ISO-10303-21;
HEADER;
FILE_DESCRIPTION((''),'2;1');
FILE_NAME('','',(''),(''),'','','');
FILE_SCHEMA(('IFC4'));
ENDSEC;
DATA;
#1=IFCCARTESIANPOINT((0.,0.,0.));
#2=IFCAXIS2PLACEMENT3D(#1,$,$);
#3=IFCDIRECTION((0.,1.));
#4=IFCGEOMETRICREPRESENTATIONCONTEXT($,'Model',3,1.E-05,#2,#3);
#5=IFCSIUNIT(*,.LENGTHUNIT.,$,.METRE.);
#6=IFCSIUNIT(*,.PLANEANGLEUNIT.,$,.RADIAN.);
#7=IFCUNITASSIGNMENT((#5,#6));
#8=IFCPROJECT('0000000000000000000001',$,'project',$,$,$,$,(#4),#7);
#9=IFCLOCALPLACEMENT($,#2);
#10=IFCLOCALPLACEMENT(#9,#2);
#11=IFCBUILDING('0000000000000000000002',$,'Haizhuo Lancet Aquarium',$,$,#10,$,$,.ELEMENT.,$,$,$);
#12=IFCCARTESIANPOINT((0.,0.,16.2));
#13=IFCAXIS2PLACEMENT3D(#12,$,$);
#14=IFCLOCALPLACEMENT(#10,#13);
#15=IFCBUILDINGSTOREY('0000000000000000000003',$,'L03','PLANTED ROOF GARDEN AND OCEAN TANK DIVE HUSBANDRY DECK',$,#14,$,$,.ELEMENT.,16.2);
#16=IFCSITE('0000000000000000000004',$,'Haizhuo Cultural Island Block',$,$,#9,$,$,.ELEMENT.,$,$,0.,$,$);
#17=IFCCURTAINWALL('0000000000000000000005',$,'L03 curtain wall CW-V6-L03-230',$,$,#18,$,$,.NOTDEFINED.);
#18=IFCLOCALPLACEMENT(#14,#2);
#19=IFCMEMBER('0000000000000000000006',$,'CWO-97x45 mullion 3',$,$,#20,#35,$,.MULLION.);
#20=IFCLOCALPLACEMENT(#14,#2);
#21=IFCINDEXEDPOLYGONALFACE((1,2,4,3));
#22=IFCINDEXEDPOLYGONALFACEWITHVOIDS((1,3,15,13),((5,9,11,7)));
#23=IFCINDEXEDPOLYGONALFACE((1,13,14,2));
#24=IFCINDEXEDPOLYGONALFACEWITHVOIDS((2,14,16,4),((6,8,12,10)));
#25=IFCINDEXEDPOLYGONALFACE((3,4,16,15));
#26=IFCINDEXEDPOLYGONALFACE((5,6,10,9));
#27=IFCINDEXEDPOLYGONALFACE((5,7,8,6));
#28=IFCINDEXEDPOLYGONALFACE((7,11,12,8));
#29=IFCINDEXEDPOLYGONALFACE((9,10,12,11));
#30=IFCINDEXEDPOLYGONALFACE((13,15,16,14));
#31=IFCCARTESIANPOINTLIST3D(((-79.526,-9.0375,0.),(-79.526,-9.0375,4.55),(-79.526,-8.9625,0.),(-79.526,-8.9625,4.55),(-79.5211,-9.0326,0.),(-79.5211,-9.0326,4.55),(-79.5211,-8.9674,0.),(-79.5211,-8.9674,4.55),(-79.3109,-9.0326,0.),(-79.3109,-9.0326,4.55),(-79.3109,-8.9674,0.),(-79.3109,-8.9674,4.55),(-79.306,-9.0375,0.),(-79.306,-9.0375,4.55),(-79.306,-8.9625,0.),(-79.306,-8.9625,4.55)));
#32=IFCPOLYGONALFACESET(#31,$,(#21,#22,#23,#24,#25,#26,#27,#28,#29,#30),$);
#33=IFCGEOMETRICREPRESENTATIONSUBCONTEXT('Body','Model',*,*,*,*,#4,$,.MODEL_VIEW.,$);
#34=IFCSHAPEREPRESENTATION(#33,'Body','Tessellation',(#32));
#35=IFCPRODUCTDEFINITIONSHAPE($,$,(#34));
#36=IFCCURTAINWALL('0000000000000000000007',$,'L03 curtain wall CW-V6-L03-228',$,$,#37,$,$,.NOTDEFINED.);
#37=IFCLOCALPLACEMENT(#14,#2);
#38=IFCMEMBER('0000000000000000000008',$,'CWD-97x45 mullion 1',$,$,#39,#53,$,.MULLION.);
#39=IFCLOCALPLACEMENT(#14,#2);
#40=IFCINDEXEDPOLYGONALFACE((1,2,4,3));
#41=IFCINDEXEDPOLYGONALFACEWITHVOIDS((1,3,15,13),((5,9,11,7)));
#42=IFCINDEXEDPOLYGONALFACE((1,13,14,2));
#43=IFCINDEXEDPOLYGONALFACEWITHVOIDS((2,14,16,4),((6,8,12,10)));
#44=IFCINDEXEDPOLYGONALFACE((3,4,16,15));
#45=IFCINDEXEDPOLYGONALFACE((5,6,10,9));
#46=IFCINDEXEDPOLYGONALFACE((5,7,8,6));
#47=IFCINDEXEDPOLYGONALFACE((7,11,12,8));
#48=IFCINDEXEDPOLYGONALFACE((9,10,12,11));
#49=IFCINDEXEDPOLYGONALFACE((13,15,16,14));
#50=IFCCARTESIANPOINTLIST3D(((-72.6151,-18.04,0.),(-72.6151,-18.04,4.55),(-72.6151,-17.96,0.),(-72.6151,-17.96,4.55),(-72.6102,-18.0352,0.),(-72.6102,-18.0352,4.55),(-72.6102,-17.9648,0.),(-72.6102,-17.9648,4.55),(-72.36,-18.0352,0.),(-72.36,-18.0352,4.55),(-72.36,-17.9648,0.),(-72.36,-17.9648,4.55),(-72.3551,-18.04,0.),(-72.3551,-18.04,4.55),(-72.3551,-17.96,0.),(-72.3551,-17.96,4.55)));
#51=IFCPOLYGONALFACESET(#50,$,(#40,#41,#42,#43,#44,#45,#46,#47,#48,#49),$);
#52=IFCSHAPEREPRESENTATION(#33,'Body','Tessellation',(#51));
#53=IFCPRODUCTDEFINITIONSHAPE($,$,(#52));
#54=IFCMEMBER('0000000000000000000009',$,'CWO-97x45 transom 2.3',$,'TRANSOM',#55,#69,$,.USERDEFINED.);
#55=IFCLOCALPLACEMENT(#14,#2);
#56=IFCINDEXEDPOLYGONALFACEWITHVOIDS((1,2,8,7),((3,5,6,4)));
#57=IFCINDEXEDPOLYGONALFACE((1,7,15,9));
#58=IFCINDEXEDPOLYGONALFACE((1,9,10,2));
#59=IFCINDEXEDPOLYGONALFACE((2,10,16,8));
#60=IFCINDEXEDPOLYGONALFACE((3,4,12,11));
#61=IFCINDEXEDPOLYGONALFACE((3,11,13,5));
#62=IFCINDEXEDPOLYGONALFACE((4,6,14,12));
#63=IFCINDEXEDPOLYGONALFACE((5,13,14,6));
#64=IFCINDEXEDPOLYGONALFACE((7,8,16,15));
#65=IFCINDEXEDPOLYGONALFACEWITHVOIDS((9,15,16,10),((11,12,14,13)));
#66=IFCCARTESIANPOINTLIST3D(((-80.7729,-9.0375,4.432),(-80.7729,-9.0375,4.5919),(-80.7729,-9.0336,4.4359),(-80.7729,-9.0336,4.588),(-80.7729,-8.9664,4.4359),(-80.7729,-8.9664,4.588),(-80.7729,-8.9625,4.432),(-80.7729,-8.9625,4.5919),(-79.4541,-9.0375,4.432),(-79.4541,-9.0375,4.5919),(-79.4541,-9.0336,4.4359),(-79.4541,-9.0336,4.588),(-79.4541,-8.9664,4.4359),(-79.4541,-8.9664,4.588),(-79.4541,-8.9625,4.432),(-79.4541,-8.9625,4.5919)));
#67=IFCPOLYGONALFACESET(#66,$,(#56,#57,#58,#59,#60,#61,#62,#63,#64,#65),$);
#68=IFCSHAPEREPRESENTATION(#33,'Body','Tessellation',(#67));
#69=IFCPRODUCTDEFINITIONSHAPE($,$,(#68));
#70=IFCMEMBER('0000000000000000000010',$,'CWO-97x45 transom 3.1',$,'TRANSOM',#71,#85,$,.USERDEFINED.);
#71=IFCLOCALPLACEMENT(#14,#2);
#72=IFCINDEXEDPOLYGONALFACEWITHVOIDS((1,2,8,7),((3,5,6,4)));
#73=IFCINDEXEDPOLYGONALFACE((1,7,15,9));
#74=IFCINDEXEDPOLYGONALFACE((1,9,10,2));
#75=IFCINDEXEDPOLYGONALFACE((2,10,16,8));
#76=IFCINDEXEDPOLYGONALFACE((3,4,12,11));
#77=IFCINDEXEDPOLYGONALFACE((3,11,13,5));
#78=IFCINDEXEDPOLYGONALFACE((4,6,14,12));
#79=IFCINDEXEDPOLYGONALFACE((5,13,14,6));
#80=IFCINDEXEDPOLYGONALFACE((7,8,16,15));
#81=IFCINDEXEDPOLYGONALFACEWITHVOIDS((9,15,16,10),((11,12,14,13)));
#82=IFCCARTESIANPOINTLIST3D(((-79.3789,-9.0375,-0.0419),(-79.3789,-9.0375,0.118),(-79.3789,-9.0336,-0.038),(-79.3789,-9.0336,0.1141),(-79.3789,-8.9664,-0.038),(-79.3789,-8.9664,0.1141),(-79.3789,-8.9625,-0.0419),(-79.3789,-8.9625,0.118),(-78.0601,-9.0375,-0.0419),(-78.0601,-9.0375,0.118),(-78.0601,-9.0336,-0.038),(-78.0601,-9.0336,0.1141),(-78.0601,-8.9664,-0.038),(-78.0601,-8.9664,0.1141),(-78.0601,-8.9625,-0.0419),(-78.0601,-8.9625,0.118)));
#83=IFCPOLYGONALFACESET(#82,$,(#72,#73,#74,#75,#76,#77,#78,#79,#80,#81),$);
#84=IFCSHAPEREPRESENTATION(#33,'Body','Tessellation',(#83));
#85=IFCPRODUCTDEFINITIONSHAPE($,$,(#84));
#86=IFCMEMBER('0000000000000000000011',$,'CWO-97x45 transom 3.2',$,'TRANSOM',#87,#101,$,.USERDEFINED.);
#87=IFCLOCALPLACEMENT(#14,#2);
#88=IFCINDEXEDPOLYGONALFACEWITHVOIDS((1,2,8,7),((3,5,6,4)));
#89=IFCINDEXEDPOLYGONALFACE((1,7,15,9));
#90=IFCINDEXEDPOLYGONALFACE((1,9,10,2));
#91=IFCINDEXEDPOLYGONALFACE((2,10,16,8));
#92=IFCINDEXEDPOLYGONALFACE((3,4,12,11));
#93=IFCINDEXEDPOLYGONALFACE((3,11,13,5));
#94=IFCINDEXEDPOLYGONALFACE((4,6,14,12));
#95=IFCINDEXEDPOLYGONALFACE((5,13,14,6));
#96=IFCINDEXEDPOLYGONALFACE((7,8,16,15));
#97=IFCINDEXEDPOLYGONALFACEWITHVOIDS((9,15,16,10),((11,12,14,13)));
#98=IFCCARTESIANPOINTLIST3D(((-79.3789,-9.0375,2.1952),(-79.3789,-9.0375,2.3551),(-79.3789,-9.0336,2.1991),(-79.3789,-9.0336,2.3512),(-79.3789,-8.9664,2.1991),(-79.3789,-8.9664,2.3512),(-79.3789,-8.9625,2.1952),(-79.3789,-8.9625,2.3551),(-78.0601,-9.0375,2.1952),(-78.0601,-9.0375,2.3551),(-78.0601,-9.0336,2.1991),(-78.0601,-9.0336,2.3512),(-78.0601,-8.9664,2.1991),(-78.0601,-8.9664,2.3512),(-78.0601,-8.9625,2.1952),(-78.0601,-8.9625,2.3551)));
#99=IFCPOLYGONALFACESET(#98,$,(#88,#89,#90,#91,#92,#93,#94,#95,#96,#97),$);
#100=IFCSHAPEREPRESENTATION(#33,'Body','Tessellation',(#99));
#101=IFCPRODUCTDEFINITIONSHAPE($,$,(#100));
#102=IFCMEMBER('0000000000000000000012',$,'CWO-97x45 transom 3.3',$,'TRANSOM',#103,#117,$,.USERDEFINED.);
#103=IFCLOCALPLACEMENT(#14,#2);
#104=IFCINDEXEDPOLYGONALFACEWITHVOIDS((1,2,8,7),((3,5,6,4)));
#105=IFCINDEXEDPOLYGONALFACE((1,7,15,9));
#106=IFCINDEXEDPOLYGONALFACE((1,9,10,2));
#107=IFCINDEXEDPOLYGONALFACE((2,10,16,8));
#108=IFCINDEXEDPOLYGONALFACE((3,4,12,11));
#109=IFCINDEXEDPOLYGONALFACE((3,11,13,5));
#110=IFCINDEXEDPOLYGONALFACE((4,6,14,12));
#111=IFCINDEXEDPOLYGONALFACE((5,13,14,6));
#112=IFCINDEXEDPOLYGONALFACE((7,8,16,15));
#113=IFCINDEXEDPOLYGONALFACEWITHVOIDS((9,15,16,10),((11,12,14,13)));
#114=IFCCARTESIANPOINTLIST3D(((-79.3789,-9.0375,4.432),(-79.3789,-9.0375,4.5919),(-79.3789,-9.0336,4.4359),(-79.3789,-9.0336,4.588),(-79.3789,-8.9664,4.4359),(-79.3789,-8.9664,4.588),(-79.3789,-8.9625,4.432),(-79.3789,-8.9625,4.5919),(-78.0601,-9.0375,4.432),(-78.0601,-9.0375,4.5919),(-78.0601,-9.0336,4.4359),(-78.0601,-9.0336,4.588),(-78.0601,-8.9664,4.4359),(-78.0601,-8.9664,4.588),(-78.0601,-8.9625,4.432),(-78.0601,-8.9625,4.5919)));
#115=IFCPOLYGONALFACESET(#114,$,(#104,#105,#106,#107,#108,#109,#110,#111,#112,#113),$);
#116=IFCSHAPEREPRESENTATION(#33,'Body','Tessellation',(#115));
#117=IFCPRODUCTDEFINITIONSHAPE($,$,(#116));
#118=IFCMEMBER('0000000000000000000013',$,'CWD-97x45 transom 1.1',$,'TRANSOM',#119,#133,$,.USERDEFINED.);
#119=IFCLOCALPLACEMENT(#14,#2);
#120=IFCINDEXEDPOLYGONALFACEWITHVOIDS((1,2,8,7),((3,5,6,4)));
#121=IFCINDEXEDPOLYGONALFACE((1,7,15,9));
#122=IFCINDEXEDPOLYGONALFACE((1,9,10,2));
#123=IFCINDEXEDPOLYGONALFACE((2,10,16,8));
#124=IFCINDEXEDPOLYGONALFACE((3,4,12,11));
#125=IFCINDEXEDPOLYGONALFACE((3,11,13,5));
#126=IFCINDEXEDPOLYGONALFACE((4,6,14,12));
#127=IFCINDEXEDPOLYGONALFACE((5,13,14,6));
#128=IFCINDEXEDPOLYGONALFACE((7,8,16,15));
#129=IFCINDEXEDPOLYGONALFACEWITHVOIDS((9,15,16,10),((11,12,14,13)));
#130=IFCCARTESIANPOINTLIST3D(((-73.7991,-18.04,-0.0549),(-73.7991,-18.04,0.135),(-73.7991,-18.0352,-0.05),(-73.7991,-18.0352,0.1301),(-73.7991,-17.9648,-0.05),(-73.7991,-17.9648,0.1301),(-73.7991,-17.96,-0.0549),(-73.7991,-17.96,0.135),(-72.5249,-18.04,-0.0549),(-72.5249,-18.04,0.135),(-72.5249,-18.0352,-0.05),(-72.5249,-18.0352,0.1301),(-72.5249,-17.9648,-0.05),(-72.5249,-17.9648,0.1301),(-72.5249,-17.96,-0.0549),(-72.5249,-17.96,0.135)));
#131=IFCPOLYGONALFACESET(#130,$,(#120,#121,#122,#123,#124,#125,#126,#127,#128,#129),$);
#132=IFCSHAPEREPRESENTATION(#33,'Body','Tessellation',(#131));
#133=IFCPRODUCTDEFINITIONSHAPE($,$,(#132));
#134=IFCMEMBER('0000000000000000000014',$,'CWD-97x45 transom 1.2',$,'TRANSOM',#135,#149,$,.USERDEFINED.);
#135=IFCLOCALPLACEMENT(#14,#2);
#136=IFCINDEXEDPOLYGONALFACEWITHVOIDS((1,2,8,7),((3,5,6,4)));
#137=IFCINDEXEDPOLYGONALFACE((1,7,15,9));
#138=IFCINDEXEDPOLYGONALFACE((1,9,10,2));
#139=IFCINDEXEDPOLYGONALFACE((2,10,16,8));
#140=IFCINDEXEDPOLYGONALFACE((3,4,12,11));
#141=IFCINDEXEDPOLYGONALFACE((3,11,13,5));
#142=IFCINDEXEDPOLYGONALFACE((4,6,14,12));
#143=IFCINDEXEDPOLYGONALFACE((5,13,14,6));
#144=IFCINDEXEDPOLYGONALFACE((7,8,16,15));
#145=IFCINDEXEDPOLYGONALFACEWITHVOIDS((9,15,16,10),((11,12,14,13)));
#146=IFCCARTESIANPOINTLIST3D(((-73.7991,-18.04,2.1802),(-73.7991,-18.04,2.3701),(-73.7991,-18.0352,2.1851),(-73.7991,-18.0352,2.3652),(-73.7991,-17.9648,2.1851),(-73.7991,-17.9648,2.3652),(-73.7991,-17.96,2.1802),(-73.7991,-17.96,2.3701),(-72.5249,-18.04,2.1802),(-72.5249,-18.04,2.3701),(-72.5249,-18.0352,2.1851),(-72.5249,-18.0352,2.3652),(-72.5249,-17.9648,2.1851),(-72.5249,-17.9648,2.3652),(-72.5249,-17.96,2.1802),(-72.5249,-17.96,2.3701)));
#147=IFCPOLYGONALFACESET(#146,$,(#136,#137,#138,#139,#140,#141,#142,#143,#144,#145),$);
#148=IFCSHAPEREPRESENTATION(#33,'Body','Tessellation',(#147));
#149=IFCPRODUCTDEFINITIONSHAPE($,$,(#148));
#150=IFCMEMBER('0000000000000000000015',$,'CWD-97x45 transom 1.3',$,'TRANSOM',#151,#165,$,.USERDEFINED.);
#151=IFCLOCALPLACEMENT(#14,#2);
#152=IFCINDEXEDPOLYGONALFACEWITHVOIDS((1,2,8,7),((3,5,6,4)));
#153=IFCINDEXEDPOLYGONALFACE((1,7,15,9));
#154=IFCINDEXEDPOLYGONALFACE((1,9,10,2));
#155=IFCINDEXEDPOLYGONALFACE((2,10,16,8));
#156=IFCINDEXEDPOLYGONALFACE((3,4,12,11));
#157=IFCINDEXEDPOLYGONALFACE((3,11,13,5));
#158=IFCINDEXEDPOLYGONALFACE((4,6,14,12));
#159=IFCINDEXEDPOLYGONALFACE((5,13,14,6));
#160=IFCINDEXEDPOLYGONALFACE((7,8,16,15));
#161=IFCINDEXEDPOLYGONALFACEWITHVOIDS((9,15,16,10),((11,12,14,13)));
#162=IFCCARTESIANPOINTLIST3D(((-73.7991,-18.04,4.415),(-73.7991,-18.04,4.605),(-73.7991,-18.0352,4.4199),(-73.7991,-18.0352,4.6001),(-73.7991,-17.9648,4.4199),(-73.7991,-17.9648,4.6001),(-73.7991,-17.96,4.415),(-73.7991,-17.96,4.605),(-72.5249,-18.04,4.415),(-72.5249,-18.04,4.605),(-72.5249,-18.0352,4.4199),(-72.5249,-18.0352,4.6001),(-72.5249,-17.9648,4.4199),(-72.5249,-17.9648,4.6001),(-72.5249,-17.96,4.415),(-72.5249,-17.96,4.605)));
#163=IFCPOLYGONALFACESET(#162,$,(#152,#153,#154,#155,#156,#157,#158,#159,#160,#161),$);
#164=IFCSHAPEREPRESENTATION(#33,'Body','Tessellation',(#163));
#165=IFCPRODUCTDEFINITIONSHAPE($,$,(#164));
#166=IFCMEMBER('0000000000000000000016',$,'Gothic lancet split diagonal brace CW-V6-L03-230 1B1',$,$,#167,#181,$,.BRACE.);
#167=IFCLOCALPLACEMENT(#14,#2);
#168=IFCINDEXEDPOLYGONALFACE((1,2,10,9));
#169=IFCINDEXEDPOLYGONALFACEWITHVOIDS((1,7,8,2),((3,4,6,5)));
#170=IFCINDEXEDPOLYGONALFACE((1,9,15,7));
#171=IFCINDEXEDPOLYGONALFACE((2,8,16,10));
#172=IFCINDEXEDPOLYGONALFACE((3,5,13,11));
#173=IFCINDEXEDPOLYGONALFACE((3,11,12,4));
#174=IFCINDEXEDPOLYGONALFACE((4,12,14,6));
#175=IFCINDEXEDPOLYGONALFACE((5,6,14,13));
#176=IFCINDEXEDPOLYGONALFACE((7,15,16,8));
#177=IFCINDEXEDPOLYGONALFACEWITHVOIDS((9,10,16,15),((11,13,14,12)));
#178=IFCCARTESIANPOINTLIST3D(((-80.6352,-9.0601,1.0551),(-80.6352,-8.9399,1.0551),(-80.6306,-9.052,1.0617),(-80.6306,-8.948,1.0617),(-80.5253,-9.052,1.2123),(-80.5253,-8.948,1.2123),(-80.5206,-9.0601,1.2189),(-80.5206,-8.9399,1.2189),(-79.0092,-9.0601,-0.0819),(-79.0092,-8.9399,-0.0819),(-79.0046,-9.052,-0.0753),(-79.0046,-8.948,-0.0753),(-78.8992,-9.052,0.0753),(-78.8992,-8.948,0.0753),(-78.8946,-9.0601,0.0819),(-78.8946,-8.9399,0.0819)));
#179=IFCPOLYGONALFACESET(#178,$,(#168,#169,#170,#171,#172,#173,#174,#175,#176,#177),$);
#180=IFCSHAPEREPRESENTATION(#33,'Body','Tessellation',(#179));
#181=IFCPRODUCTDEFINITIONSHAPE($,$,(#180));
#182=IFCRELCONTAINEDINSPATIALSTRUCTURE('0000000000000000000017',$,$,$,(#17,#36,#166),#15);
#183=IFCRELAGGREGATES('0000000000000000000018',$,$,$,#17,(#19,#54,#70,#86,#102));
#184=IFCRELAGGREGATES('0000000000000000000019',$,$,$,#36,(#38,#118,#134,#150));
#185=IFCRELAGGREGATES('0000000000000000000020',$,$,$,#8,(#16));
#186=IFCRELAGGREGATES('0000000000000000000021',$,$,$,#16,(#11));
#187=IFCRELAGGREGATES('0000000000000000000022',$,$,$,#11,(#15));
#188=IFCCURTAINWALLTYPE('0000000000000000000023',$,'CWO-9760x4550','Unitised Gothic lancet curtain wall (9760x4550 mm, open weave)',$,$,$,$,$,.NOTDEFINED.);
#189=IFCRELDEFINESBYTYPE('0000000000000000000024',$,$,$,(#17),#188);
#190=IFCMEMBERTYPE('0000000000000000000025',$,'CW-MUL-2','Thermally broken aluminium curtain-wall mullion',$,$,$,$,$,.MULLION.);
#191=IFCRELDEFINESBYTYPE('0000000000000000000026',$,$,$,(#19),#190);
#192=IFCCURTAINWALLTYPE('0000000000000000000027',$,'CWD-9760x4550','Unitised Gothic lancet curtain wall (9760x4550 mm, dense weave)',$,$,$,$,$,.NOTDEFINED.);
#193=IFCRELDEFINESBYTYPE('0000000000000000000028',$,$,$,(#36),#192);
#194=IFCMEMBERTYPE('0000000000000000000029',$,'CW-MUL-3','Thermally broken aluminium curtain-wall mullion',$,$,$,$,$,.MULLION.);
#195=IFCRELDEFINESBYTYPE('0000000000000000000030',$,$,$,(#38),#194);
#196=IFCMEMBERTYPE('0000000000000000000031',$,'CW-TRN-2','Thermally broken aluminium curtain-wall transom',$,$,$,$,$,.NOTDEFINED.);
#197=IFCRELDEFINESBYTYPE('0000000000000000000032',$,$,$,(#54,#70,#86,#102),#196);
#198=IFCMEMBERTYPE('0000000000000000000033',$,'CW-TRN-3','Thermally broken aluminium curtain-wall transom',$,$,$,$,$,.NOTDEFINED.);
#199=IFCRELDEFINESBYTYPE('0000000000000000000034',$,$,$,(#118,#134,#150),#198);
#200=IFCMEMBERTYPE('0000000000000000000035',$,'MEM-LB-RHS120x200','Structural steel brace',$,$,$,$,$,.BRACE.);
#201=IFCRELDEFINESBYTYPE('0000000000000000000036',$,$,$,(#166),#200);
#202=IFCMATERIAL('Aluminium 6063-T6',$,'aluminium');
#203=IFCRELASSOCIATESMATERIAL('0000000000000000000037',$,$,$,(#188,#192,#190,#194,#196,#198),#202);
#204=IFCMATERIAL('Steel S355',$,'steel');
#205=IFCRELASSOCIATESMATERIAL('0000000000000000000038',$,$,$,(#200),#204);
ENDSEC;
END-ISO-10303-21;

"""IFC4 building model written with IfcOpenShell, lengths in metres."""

from ifc_helpers import new_model, si_unit, direction, frame, origin, origin_2d, place, context, subcontext, project, spatial, hollow_rectangle, extrude, material, material_profile, profile_set, type_object, element, aggregate, save


model = new_model("IFC4")

# Units and contexts
model_context = context("Model", 3, precision=1e-05, world=origin(), true_north=direction((0.0, 1.0)))
body_context = subcontext(model_context, "Body", "Model", "MODEL_VIEW")
ifc_project = project(units=[si_unit("LENGTHUNIT", "METRE"), si_unit("PLANEANGLEUNIT", "RADIAN")], contexts=[model_context])

# Site, building, storey
site_placement = place(None, origin())
site = spatial("IfcSite", under=ifc_project, at=site_placement, Name="Haizhuo Cultural Island Block", CompositionType="ELEMENT", RefElevation=0.0)
building_placement = place(site_placement, origin())
building = spatial("IfcBuilding", under=site, at=building_placement, Name="Haizhuo Lancet Aquarium", CompositionType="ELEMENT")
storey_placement = place(building_placement, frame((0.0, 0.0, 16.2)))
storey = spatial("IfcBuildingStorey", under=building, at=storey_placement, Name="L03", Description="PLANTED ROOF GARDEN AND OCEAN TANK DIVE HUSBANDRY DECK", CompositionType="ELEMENT", Elevation=16.2)

# Curtain walls, members
ifc_material_1 = material(Name="Aluminium 6063-T6", Category="aluminium")
curtain_wall_type_1 = type_object("IfcCurtainWallType", Name="CWO-9760x4550", Description="Unitised Gothic lancet curtain wall (9760x4550 mm, open weave)", PredefinedType="NOTDEFINED", material=ifc_material_1)
curtain_wall_1_placement = place(storey_placement, origin())
curtain_wall_1 = element("IfcCurtainWall", 1, at=curtain_wall_1_placement, inside=storey, type_object=curtain_wall_type_1, Name="L03 curtain wall CW-V6-L03-230", PredefinedType="NOTDEFINED")
ifc_material_profile_1 = material_profile(ifc_material_1, hollow_rectangle(XDim=0.075, YDim=0.22, WallThickness=0.0049, at=origin_2d()), Name="ALU-M 75x220x5")
ifc_profile_set_1 = profile_set([ifc_material_profile_1], Name="Aluminium 6063-T6")
member_type_1 = type_object("IfcMemberType", Name="CW-MUL-2", Description="Thermally broken aluminium curtain-wall mullion", PredefinedType="MULLION", material=ifc_profile_set_1)
member_1_placement = place(storey_placement, frame((-79.416, -9.0, 0.0), z_axis=(0.0, 0.0, 1.0), x_axis=(0.0, 1.0, 0.0)))
member_1 = element("IfcMember", 2, at=member_1_placement, type_object=member_type_1, Name="CWO-97x45 mullion 3", PredefinedType="MULLION", context=body_context, shape_type="SweptSolid", body=[
    extrude(hollow_rectangle(XDim=0.075, YDim=0.22, WallThickness=0.0049, at=origin_2d()), origin(), (0.0, 0.0, 1.0), 4.55),
])
curtain_wall_type_2 = type_object("IfcCurtainWallType", Name="CWD-9760x4550", Description="Unitised Gothic lancet curtain wall (9760x4550 mm, dense weave)", PredefinedType="NOTDEFINED", material=ifc_material_1)
curtain_wall_2_placement = place(storey_placement, origin())
curtain_wall_2 = element("IfcCurtainWall", 3, at=curtain_wall_2_placement, inside=storey, type_object=curtain_wall_type_2, Name="L03 curtain wall CW-V6-L03-228", PredefinedType="NOTDEFINED")
ifc_material_profile_2 = material_profile(ifc_material_1, hollow_rectangle(XDim=0.0801, YDim=0.26, WallThickness=0.0049, at=origin_2d()), Name="ALU-M 80x260x5")
ifc_profile_set_2 = profile_set([ifc_material_profile_2], Name="Aluminium 6063-T6")
member_type_2 = type_object("IfcMemberType", Name="CW-MUL-3", Description="Thermally broken aluminium curtain-wall mullion", PredefinedType="MULLION", material=ifc_profile_set_2)
member_2_placement = place(storey_placement, frame((-72.4851, -18.0, 0.0), z_axis=(0.0, 0.0, 1.0), x_axis=(0.0, -1.0, 0.0)))
member_2 = element("IfcMember", 4, at=member_2_placement, type_object=member_type_2, Name="CWD-97x45 mullion 1", PredefinedType="MULLION", context=body_context, shape_type="SweptSolid", body=[
    extrude(hollow_rectangle(XDim=0.0801, YDim=0.26, WallThickness=0.0049, at=origin_2d()), origin(), (0.0, 0.0, 1.0), 4.55),
])

# Members
ifc_material_profile_3 = material_profile(ifc_material_1, hollow_rectangle(XDim=0.075, YDim=0.1599, WallThickness=0.0039, at=origin_2d()), Name="ALU-T 75x160x4")
ifc_profile_set_3 = profile_set([ifc_material_profile_3], Name="Aluminium 6063-T6")
member_type_3 = type_object("IfcMemberType", Name="CW-TRN-2", Description="Thermally broken aluminium curtain-wall transom", PredefinedType="NOTDEFINED", material=ifc_profile_set_3)
member_3_placement = place(storey_placement, frame((-80.7729, -9.0, 4.512), z_axis=(1.0, 0.0, 0.0), x_axis=(0.0, 1.0, 0.0)))
member_3 = element("IfcMember", 5, at=member_3_placement, type_object=member_type_3, Name="CWO-97x45 transom 2.3", ObjectType="TRANSOM", PredefinedType="USERDEFINED", context=body_context, shape_type="SweptSolid", body=[
    extrude(hollow_rectangle(XDim=0.075, YDim=0.1599, WallThickness=0.0039, at=origin_2d()), origin(), (0.0, 0.0, 1.0), 1.3188),
])
member_4_placement = place(storey_placement, frame((-79.3789, -9.0, 0.0381), z_axis=(1.0, 0.0, 0.0), x_axis=(0.0, 1.0, 0.0)))
member_4 = element("IfcMember", 6, at=member_4_placement, type_object=member_type_3, Name="CWO-97x45 transom 3.1", ObjectType="TRANSOM", PredefinedType="USERDEFINED", context=body_context, shape_type="SweptSolid", body=[
    extrude(hollow_rectangle(XDim=0.075, YDim=0.1599, WallThickness=0.0039, at=origin_2d()), origin(), (0.0, 0.0, 1.0), 1.3188),
])
member_5_placement = place(storey_placement, frame((-79.3789, -9.0, 2.2751), z_axis=(1.0, 0.0, 0.0), x_axis=(0.0, 1.0, 0.0)))
member_5 = element("IfcMember", 7, at=member_5_placement, type_object=member_type_3, Name="CWO-97x45 transom 3.2", ObjectType="TRANSOM", PredefinedType="USERDEFINED", context=body_context, shape_type="SweptSolid", body=[
    extrude(hollow_rectangle(XDim=0.075, YDim=0.1599, WallThickness=0.0039, at=origin_2d()), origin(), (0.0, 0.0, 1.0), 1.3188),
])
member_6_placement = place(storey_placement, frame((-79.3789, -9.0, 4.512), z_axis=(1.0, 0.0, 0.0), x_axis=(0.0, 1.0, 0.0)))
member_6 = element("IfcMember", 8, at=member_6_placement, type_object=member_type_3, Name="CWO-97x45 transom 3.3", ObjectType="TRANSOM", PredefinedType="USERDEFINED", context=body_context, shape_type="SweptSolid", body=[
    extrude(hollow_rectangle(XDim=0.075, YDim=0.1599, WallThickness=0.0039, at=origin_2d()), origin(), (0.0, 0.0, 1.0), 1.3188),
])
ifc_material_profile_4 = material_profile(ifc_material_1, hollow_rectangle(XDim=0.0801, YDim=0.1899, WallThickness=0.0049, at=origin_2d()), Name="ALU-T 80x190x5")
ifc_profile_set_4 = profile_set([ifc_material_profile_4], Name="Aluminium 6063-T6")
member_type_4 = type_object("IfcMemberType", Name="CW-TRN-3", Description="Thermally broken aluminium curtain-wall transom", PredefinedType="NOTDEFINED", material=ifc_profile_set_4)
member_7_placement = place(storey_placement, frame((-72.5249, -18.0, 0.04), z_axis=(-1.0, 0.0, 0.0), x_axis=(0.0, -1.0, 0.0)))
member_7 = element("IfcMember", 9, at=member_7_placement, type_object=member_type_4, Name="CWD-97x45 transom 1.1", ObjectType="TRANSOM", PredefinedType="USERDEFINED", context=body_context, shape_type="SweptSolid", body=[
    extrude(hollow_rectangle(XDim=0.0801, YDim=0.1899, WallThickness=0.0049, at=origin_2d()), origin(), (0.0, 0.0, 1.0), 1.2742),
])
member_8_placement = place(storey_placement, frame((-72.5249, -18.0, 2.2751), z_axis=(-1.0, 0.0, 0.0), x_axis=(0.0, -1.0, 0.0)))
member_8 = element("IfcMember", 10, at=member_8_placement, type_object=member_type_4, Name="CWD-97x45 transom 1.2", ObjectType="TRANSOM", PredefinedType="USERDEFINED", context=body_context, shape_type="SweptSolid", body=[
    extrude(hollow_rectangle(XDim=0.0801, YDim=0.1899, WallThickness=0.0049, at=origin_2d()), origin(), (0.0, 0.0, 1.0), 1.2742),
])
member_9_placement = place(storey_placement, frame((-72.5249, -18.0, 4.51), z_axis=(-1.0, 0.0, 0.0), x_axis=(0.0, -1.0, 0.0)))
member_9 = element("IfcMember", 11, at=member_9_placement, type_object=member_type_4, Name="CWD-97x45 transom 1.3", ObjectType="TRANSOM", PredefinedType="USERDEFINED", context=body_context, shape_type="SweptSolid", body=[
    extrude(hollow_rectangle(XDim=0.0801, YDim=0.1899, WallThickness=0.0049, at=origin_2d()), origin(), (0.0, 0.0, 1.0), 1.2742),
])

# Member
ifc_material_2 = material(Name="Steel S355", Category="steel")
ifc_material_profile_5 = material_profile(ifc_material_2, hollow_rectangle(XDim=0.1201, YDim=0.2, WallThickness=0.0081, at=origin_2d()), Name="RHS 120x200x8")
ifc_profile_set_5 = profile_set([ifc_material_profile_5], Name="Steel S355")
member_type_5 = type_object("IfcMemberType", Name="MEM-LB-RHS120x200", Description="Structural steel brace", PredefinedType="BRACE", material=ifc_profile_set_5)
member_10_placement = place(storey_placement, frame((-78.9519, -9.0, 0.0), z_axis=(-0.819521, 0.0, 0.573049), x_axis=(0.0, -1.0, 0.0)))
element("IfcMember", 12, at=member_10_placement, inside=storey, type_object=member_type_5, Name="Gothic lancet split diagonal brace CW-V6-L03-230 1B1", PredefinedType="BRACE", context=body_context, shape_type="SweptSolid", body=[
    extrude(hollow_rectangle(XDim=0.1201, YDim=0.2, WallThickness=0.0081, at=origin_2d()), origin(), (0.0, 0.0, 1.0), 1.9841),
])

aggregate(curtain_wall_1, [member_1, member_3, member_4, member_5, member_6])
aggregate(curtain_wall_2, [member_2, member_7, member_8, member_9])

save(model, "model.ifc")
